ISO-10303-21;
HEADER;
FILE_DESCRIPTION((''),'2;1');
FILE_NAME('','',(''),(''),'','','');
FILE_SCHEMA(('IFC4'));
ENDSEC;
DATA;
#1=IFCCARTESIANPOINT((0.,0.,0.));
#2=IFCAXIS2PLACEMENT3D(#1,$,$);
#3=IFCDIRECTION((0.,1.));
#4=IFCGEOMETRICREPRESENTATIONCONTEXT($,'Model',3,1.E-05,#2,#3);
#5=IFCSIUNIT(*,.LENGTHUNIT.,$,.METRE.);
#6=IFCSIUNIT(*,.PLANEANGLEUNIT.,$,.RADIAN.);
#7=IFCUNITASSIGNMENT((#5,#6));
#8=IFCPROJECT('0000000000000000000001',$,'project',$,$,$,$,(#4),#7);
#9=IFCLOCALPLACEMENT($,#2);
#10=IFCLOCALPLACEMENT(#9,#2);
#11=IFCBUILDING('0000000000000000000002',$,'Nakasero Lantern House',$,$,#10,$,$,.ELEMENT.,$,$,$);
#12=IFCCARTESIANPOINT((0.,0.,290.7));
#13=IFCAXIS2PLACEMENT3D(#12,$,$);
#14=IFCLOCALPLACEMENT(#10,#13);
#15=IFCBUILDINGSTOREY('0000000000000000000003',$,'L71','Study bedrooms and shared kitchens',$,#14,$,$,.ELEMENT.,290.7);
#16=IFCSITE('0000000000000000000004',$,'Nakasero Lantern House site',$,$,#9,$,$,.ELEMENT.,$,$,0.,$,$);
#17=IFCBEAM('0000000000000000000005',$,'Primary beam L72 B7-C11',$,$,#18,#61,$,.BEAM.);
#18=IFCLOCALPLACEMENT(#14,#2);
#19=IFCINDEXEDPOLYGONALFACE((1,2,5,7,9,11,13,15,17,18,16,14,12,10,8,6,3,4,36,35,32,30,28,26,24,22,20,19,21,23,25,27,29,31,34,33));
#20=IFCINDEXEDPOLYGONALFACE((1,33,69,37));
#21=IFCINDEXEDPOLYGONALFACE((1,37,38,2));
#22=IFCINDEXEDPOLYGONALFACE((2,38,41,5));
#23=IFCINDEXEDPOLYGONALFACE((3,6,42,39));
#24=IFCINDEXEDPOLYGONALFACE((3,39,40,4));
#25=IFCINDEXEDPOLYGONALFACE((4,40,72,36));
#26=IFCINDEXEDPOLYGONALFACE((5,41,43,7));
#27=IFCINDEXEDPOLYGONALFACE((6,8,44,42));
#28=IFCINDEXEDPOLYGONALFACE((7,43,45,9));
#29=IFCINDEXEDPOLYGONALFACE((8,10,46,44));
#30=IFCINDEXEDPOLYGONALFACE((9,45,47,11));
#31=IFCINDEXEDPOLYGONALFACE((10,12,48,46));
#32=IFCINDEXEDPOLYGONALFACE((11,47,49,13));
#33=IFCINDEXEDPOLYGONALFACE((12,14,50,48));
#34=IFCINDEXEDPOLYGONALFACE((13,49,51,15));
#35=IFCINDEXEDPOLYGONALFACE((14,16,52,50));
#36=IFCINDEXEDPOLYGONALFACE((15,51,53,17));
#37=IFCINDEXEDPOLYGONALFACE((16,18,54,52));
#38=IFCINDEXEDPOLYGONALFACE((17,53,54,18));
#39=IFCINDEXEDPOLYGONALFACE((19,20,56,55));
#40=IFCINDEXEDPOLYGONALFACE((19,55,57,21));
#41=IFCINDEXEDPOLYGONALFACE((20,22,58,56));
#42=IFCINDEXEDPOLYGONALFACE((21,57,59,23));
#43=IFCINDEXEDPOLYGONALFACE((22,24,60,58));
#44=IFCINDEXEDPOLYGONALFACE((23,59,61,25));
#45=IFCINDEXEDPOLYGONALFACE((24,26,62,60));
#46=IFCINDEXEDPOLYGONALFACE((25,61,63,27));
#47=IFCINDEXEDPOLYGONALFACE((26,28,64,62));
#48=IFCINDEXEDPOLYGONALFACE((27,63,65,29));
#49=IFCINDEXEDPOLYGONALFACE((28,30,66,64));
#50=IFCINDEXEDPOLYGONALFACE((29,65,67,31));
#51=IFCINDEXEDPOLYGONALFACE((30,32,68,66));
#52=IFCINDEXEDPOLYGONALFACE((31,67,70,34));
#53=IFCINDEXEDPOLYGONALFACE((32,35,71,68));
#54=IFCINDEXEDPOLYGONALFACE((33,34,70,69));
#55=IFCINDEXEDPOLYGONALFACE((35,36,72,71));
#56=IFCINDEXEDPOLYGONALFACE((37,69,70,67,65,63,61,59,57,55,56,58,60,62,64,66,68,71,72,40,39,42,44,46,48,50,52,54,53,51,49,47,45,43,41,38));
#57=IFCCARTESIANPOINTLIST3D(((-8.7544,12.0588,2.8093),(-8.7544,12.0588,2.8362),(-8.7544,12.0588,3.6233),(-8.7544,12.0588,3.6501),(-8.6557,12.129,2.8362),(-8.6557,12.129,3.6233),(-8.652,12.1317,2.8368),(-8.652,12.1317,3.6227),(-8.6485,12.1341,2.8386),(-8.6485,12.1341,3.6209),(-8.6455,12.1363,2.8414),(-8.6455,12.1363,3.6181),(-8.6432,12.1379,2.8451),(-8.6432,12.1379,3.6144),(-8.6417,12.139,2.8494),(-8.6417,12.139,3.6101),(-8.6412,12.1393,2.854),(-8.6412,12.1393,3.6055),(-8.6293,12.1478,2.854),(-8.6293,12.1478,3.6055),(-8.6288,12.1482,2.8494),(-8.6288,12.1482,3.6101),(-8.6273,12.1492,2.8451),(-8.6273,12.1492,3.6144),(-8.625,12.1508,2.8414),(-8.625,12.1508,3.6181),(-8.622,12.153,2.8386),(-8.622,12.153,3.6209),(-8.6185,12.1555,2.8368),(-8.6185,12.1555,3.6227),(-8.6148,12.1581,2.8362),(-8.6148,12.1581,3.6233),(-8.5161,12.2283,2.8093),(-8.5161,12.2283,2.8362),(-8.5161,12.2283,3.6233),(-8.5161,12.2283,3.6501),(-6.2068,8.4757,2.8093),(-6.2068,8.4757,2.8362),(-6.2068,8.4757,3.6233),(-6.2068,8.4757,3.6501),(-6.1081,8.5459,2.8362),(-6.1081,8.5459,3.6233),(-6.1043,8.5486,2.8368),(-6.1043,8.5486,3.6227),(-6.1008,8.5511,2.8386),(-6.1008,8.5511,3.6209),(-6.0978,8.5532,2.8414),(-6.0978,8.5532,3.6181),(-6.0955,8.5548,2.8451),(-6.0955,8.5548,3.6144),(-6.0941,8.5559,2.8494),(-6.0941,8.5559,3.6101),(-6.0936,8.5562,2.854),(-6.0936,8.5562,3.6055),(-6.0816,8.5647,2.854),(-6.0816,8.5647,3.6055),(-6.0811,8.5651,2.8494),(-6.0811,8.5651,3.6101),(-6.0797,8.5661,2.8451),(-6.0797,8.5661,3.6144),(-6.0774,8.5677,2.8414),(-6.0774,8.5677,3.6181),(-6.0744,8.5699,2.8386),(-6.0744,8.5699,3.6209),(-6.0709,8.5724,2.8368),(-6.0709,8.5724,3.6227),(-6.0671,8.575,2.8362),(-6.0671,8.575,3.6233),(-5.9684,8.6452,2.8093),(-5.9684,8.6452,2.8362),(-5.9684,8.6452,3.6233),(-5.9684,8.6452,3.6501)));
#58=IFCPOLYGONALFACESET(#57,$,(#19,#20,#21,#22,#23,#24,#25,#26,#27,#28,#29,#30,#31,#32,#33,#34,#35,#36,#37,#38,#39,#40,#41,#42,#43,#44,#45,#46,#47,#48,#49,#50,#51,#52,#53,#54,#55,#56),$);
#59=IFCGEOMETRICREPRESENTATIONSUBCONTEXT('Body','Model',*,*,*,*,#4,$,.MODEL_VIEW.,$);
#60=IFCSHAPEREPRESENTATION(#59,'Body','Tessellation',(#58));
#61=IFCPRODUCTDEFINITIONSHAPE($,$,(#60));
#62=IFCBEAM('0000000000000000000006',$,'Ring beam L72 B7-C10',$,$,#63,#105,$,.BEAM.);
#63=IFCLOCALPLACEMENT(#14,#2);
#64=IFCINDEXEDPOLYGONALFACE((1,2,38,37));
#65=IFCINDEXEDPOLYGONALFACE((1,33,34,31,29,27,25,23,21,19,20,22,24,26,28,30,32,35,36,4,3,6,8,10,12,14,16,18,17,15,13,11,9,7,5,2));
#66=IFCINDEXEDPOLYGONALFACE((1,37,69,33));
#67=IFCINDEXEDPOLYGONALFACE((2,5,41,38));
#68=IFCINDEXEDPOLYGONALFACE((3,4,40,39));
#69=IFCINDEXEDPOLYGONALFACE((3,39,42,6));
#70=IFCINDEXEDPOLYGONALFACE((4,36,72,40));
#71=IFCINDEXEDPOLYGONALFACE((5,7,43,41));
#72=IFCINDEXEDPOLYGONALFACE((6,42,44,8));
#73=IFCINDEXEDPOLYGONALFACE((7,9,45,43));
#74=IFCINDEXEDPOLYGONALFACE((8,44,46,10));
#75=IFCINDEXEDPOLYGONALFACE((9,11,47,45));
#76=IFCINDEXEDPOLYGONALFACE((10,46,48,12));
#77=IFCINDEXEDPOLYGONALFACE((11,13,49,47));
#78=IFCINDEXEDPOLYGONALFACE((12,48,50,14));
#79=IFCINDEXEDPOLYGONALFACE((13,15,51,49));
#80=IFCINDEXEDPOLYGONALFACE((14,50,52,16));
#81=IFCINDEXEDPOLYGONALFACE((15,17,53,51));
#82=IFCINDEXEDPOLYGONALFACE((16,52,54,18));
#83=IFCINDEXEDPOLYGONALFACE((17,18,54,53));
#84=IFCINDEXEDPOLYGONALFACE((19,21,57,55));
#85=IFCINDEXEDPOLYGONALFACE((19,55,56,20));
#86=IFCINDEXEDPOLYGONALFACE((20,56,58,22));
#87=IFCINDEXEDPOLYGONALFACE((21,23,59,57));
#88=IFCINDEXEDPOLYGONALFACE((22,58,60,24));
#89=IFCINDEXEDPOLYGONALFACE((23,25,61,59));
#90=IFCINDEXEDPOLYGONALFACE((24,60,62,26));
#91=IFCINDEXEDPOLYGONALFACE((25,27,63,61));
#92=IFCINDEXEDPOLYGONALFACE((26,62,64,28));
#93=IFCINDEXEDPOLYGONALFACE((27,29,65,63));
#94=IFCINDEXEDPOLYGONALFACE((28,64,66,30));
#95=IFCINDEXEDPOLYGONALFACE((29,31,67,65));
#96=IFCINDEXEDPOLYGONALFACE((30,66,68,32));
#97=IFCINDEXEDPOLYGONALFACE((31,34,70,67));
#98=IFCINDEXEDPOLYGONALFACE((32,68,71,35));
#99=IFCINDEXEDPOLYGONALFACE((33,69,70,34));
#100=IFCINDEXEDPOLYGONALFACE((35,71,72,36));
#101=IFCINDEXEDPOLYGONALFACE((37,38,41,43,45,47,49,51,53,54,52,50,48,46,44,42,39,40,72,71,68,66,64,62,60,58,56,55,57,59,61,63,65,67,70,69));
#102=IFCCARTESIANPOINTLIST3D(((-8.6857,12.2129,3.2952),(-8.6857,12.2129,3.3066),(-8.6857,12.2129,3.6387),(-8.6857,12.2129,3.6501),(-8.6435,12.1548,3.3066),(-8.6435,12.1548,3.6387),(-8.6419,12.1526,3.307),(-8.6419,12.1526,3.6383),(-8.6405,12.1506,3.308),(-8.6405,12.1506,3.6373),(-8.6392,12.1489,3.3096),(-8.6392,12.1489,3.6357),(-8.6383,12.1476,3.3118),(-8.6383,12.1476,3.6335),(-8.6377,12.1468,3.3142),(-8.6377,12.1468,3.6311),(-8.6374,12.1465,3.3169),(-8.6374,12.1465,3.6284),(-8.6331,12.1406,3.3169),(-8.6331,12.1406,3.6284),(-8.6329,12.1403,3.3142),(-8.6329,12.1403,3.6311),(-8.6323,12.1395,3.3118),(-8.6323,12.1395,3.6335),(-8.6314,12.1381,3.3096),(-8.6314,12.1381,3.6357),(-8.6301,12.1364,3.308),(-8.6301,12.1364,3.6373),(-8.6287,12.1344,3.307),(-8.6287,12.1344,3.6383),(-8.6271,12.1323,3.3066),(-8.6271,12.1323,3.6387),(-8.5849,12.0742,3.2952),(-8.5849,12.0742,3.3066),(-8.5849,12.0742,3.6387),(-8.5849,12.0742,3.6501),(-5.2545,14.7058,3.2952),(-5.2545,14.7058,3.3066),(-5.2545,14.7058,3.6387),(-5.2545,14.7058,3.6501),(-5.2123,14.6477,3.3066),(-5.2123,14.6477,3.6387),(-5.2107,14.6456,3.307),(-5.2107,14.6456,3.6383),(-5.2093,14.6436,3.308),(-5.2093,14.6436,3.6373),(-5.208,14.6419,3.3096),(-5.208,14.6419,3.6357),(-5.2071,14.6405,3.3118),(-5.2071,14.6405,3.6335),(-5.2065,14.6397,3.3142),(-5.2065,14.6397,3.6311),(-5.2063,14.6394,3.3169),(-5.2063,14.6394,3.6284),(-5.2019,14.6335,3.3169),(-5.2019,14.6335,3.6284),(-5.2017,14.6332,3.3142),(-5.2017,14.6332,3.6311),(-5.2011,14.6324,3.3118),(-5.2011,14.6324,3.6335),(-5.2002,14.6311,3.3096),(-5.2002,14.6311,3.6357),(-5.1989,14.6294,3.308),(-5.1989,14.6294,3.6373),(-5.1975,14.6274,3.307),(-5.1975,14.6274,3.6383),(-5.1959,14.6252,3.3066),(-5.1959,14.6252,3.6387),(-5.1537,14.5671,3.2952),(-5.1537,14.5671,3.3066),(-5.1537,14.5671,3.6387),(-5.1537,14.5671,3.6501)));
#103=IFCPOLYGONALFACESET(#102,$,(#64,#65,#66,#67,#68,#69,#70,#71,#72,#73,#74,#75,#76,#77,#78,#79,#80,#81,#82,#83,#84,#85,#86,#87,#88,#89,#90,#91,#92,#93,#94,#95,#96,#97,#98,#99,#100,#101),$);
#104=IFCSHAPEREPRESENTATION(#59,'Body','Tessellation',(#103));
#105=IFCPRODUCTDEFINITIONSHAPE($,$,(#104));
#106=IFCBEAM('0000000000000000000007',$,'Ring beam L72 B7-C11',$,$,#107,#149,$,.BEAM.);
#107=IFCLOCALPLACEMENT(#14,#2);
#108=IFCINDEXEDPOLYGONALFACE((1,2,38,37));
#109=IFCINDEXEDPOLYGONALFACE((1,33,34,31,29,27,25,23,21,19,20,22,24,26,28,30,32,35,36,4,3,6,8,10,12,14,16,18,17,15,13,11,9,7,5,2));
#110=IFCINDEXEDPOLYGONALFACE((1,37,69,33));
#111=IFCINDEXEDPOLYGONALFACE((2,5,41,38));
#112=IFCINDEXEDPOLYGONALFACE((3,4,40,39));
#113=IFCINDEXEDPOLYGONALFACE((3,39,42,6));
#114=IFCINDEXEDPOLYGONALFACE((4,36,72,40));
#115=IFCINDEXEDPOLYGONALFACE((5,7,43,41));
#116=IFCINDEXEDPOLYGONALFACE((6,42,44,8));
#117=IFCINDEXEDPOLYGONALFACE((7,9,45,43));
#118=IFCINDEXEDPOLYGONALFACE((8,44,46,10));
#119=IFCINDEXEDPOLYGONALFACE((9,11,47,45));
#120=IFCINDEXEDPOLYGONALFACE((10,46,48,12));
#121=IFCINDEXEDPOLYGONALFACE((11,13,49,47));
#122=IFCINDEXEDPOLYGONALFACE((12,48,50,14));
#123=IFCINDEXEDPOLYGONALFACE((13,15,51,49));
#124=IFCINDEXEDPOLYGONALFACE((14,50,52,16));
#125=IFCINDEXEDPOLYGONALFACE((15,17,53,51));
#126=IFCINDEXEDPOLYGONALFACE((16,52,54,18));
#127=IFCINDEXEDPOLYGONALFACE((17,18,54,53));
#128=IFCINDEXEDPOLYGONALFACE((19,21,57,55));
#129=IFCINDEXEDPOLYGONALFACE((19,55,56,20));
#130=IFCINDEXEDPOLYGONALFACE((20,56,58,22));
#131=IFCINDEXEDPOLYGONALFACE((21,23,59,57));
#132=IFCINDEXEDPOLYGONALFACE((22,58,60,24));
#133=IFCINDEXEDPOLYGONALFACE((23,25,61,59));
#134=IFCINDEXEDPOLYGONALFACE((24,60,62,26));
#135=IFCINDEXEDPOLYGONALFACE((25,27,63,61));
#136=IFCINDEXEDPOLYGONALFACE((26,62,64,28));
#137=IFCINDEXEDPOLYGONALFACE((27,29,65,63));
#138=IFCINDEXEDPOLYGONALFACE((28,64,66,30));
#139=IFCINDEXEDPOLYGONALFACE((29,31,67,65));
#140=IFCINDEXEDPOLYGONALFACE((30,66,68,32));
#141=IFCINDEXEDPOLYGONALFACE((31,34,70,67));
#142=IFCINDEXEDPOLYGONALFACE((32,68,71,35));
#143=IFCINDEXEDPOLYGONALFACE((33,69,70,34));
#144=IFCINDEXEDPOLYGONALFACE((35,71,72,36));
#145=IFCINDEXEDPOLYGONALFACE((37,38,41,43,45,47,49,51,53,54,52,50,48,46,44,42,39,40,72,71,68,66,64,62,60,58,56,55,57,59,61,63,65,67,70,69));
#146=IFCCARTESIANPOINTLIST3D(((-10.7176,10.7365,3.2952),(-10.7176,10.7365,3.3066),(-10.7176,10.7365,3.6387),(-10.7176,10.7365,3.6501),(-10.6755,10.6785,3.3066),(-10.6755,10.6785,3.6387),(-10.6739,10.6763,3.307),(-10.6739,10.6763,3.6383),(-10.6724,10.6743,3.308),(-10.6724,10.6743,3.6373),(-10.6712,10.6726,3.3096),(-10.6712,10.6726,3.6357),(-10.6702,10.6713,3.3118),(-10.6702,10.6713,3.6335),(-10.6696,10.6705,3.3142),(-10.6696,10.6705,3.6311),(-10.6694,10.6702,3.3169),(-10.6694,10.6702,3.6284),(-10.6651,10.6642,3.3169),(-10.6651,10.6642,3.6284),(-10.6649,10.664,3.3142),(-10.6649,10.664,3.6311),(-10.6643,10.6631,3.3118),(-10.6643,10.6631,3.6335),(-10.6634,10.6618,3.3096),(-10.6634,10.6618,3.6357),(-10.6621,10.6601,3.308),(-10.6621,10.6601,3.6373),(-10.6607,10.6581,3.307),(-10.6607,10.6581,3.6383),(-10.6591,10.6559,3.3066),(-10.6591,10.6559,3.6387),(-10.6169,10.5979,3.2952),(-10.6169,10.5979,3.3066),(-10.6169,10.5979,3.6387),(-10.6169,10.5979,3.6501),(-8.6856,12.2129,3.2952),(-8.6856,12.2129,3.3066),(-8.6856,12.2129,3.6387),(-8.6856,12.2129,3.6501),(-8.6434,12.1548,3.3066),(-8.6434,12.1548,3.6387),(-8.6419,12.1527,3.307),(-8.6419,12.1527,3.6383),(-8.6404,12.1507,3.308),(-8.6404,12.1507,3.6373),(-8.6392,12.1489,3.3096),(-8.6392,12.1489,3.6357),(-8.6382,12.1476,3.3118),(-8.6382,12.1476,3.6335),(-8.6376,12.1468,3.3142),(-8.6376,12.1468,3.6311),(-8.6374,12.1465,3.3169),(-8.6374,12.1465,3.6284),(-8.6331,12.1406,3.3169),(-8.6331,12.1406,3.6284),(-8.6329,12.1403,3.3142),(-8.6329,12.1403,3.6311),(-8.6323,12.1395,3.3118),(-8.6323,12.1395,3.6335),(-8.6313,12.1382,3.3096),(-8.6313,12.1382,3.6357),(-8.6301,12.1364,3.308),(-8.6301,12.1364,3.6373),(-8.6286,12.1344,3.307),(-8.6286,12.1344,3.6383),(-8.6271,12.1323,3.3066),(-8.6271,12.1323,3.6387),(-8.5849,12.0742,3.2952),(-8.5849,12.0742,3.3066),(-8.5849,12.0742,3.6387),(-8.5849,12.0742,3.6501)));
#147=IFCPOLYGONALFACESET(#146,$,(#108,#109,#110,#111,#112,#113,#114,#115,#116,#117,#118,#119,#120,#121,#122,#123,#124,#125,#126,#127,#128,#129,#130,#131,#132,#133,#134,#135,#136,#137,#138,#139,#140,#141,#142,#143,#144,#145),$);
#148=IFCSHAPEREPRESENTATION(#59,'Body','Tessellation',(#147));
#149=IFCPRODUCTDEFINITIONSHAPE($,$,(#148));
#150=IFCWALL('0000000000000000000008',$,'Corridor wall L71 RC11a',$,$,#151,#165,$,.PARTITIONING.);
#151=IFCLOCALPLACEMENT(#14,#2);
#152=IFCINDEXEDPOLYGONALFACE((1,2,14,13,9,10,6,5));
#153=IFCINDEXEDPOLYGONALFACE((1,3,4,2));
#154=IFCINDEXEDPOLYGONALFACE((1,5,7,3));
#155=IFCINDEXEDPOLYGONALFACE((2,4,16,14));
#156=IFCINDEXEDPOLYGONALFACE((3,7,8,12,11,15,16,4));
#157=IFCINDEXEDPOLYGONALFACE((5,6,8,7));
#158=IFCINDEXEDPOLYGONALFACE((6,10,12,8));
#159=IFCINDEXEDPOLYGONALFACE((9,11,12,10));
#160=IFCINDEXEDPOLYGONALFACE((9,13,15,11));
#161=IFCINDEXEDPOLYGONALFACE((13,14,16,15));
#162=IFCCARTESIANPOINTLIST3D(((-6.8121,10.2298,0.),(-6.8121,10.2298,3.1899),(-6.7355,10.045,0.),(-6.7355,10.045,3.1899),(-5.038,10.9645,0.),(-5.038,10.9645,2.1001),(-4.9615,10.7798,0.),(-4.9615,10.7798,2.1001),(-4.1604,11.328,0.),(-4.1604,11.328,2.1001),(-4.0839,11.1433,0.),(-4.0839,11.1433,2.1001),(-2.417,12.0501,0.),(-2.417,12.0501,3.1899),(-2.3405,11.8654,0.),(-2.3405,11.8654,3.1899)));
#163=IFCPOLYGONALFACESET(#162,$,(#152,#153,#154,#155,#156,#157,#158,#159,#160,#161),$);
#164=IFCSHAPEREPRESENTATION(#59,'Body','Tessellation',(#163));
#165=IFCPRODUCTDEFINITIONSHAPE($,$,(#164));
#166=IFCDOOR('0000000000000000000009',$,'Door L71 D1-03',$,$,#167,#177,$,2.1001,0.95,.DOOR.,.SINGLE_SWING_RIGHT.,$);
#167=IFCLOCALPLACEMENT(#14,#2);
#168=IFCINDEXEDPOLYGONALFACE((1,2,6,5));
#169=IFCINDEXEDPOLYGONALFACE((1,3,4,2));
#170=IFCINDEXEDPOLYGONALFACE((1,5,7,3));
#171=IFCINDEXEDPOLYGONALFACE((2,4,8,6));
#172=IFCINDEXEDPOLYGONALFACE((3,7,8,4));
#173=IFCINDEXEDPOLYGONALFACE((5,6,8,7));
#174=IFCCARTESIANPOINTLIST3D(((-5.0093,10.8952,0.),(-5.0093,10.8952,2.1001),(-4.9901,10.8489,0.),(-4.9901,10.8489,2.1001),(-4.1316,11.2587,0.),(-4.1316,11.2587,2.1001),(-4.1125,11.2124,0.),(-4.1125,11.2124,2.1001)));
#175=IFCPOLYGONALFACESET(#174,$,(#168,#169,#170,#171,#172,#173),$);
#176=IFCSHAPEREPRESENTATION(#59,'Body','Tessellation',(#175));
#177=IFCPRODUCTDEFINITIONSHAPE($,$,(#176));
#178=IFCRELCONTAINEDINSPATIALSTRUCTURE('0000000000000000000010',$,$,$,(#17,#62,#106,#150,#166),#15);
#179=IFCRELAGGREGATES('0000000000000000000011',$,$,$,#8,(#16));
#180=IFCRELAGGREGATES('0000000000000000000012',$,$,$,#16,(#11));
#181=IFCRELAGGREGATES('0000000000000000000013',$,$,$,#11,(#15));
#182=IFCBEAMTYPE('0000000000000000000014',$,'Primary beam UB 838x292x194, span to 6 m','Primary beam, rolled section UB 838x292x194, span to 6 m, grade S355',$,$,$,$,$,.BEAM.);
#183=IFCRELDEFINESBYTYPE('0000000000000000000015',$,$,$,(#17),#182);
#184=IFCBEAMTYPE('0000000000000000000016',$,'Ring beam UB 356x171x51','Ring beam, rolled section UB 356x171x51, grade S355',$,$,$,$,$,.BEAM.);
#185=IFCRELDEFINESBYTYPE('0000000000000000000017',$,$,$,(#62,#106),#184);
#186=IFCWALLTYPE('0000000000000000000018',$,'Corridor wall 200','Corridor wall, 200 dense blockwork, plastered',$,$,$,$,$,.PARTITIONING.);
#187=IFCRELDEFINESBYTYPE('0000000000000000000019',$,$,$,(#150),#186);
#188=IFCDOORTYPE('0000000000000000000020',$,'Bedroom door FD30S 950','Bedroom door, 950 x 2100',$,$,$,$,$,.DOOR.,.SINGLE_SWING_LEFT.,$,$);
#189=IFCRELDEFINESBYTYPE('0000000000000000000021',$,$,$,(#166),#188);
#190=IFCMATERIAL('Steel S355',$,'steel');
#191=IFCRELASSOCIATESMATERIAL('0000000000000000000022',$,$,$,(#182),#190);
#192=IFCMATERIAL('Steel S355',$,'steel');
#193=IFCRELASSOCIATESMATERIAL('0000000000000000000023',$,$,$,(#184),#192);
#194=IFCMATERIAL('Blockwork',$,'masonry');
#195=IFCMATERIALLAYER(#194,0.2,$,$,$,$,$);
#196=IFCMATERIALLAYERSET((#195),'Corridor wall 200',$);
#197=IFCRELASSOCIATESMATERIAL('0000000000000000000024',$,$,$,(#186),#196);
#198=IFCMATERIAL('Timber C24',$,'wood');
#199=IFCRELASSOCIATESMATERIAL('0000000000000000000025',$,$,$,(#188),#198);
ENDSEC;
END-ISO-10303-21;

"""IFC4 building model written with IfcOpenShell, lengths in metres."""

from ifc_helpers import new_model, si_unit, direction, frame, frame_2d, origin, origin_2d, place, context, subcontext, project, spatial, rectangle, i_section, extrude, material, layer, layer_set, material_profile, profile_set, type_object, element, fill, save


model = new_model("IFC4")

# Units and contexts
model_context = context("Model", 3, precision=1e-05, world=origin(), true_north=direction((0.0, 1.0)))
body_context = subcontext(model_context, "Body", "Model", "MODEL_VIEW")
ifc_project = project(units=[si_unit("LENGTHUNIT", "METRE"), si_unit("PLANEANGLEUNIT", "RADIAN")], contexts=[model_context])

# Site, building, storey
site_placement = place(None, origin())
site = spatial("IfcSite", under=ifc_project, at=site_placement, Name="Nakasero Lantern House site", CompositionType="ELEMENT", RefElevation=0.0)
building_placement = place(site_placement, origin())
building = spatial("IfcBuilding", under=site, at=building_placement, Name="Nakasero Lantern House", CompositionType="ELEMENT")
storey_placement = place(building_placement, frame((0.0, 0.0, 290.7)))
storey = spatial("IfcBuildingStorey", under=building, at=storey_placement, Name="L71", Description="Study bedrooms and shared kitchens", CompositionType="ELEMENT", Elevation=290.7)

# Beams
ifc_material_1 = material(Name="Steel S355", Category="steel")
ifc_material_profile_1 = material_profile(ifc_material_1, i_section(OverallWidth=0.2925, OverallDepth=0.8408, WebThickness=0.0146, FlangeThickness=0.0269, FilletRadius=0.0178, at=origin_2d()), Name="UB 838x292x194")
ifc_profile_set_1 = profile_set([ifc_material_profile_1], Name="Steel S355")
beam_type_1 = type_object("IfcBeamType", Name="Primary beam UB 838x292x194, span to 6 m", Description="Primary beam, rolled section UB 838x292x194, span to 6 m, grade S355", PredefinedType="BEAM", material=ifc_profile_set_1)
beam_1_placement = place(storey_placement, frame((-8.6353, 12.1436, 3.2297), z_axis=(0.579477, -0.814989, 0.0), x_axis=(0.814989, 0.579477, 0.0)))
element("IfcBeam", 1, at=beam_1_placement, inside=storey, type_object=beam_type_1, Name="Primary beam L72 B7-C11", PredefinedType="BEAM", context=body_context, shape_type="SweptSolid", body=[
    extrude(i_section(OverallWidth=0.2925, OverallDepth=0.8408, WebThickness=0.0146, FlangeThickness=0.0269, FilletRadius=0.0178, at=origin_2d()), origin(), (0.0, 0.0, 1.0), 4.3965),
])
ifc_material_2 = material(Name="Steel S355", Category="steel")
ifc_material_profile_2 = material_profile(ifc_material_2, i_section(OverallWidth=0.1714, OverallDepth=0.355, WebThickness=0.0073, FlangeThickness=0.0115, FilletRadius=0.0103, at=origin_2d()), Name="UB 356x171x51")
ifc_profile_set_2 = profile_set([ifc_material_profile_2], Name="Steel S355")
beam_type_2 = type_object("IfcBeamType", Name="Ring beam UB 356x171x51", Description="Ring beam, rolled section UB 356x171x51, grade S355", PredefinedType="BEAM", material=ifc_profile_set_2)
beam_2_placement = place(storey_placement, frame((-5.2041, 14.6365, 3.4727), z_axis=(-0.809012, -0.587792, 0.0), x_axis=(0.587792, -0.809012, 0.0)))
element("IfcBeam", 2, at=beam_2_placement, inside=storey, type_object=beam_type_2, Name="Ring beam L72 B7-C10", PredefinedType="BEAM", context=body_context, shape_type="SweptSolid", body=[
    extrude(i_section(OverallWidth=0.1714, OverallDepth=0.355, WebThickness=0.0073, FlangeThickness=0.0115, FilletRadius=0.0103, at=origin_2d()), origin(), (0.0, 0.0, 1.0), 4.2412),
])
beam_3_placement = place(storey_placement, frame((-8.6353, 12.1436, 3.4727), z_axis=(-0.809018, -0.587784, 0.0), x_axis=(0.587784, -0.809018, 0.0)))
element("IfcBeam", 3, at=beam_3_placement, inside=storey, type_object=beam_type_2, Name="Ring beam L72 B7-C11", PredefinedType="BEAM", context=body_context, shape_type="SweptSolid", body=[
    extrude(i_section(OverallWidth=0.1714, OverallDepth=0.355, WebThickness=0.0073, FlangeThickness=0.0115, FilletRadius=0.0103, at=origin_2d()), origin(), (0.0, 0.0, 1.0), 2.5117),
])

# Wall, opening, door
ifc_material_3 = material(Name="Blockwork", Category="masonry")
ifc_layer_1 = layer(ifc_material_3, 0.2)
ifc_layer_set_1 = layer_set([ifc_layer_1], Name="Corridor wall 200")
wall_type_1 = type_object("IfcWallType", Name="Corridor wall 200", Description="Corridor wall, 200 dense blockwork, plastered", PredefinedType="PARTITIONING", material=ifc_layer_set_1)
wall_1_placement = place(storey_placement, frame((-6.7737, 10.1375, 0.0), z_axis=(0.0, 0.0, 1.0), x_axis=(0.923892, 0.382654, 0.0)))
wall_1 = element("IfcWall", 4, at=wall_1_placement, inside=storey, type_object=wall_type_1, Name="Corridor wall L71 RC11a", PredefinedType="PARTITIONING", context=body_context, shape_type="SweptSolid", body=[
    extrude(rectangle(XDim=4.7571, YDim=0.2, at=frame_2d((2.3784, 0.0))), origin(), (0.0, 0.0, 1.0), 3.1899),
])
opening_1_placement = place(wall_1_placement, frame((1.9199, 0.0, 0.0)))
opening_1 = element("IfcOpeningElement", 5, at=opening_1_placement, cuts=wall_1, PredefinedType="OPENING", context=body_context, shape_type="SweptSolid", body=[
    extrude(rectangle(XDim=0.95, YDim=2.1001, at=frame_2d((0.4751, 1.05))), frame((0.0, 0.1199, 0.0), z_axis=(0.0, -1.0, 0.0), x_axis=(1.0, 0.0, 0.0)), (0.0, 0.0, 1.0), 0.24),
])
ifc_material_4 = material(Name="Timber C24", Category="wood")
door_type_1 = type_object("IfcDoorType", Name="Bedroom door FD30S 950", Description="Bedroom door, 950 x 2100", OperationType="SINGLE_SWING_LEFT", PredefinedType="DOOR", material=ifc_material_4)
door_1_placement = place(opening_1_placement, origin())
door_1 = element("IfcDoor", 6, at=door_1_placement, inside=storey, type_object=door_type_1, Name="Door L71 D1-03", OperationType="SINGLE_SWING_RIGHT", OverallHeight=2.1001, OverallWidth=0.95, PredefinedType="DOOR", context=body_context, shape_type="SweptSolid", body=[
    extrude(rectangle(XDim=0.95, YDim=2.1001, at=frame_2d((0.4751, 1.05))), frame((0.0, 0.0249, 0.0), z_axis=(0.0, -1.0, 0.0), x_axis=(1.0, 0.0, 0.0)), (0.0, 0.0, 1.0), 0.05),
])
fill(opening_1, door_1)

save(model, "model.ifc")
